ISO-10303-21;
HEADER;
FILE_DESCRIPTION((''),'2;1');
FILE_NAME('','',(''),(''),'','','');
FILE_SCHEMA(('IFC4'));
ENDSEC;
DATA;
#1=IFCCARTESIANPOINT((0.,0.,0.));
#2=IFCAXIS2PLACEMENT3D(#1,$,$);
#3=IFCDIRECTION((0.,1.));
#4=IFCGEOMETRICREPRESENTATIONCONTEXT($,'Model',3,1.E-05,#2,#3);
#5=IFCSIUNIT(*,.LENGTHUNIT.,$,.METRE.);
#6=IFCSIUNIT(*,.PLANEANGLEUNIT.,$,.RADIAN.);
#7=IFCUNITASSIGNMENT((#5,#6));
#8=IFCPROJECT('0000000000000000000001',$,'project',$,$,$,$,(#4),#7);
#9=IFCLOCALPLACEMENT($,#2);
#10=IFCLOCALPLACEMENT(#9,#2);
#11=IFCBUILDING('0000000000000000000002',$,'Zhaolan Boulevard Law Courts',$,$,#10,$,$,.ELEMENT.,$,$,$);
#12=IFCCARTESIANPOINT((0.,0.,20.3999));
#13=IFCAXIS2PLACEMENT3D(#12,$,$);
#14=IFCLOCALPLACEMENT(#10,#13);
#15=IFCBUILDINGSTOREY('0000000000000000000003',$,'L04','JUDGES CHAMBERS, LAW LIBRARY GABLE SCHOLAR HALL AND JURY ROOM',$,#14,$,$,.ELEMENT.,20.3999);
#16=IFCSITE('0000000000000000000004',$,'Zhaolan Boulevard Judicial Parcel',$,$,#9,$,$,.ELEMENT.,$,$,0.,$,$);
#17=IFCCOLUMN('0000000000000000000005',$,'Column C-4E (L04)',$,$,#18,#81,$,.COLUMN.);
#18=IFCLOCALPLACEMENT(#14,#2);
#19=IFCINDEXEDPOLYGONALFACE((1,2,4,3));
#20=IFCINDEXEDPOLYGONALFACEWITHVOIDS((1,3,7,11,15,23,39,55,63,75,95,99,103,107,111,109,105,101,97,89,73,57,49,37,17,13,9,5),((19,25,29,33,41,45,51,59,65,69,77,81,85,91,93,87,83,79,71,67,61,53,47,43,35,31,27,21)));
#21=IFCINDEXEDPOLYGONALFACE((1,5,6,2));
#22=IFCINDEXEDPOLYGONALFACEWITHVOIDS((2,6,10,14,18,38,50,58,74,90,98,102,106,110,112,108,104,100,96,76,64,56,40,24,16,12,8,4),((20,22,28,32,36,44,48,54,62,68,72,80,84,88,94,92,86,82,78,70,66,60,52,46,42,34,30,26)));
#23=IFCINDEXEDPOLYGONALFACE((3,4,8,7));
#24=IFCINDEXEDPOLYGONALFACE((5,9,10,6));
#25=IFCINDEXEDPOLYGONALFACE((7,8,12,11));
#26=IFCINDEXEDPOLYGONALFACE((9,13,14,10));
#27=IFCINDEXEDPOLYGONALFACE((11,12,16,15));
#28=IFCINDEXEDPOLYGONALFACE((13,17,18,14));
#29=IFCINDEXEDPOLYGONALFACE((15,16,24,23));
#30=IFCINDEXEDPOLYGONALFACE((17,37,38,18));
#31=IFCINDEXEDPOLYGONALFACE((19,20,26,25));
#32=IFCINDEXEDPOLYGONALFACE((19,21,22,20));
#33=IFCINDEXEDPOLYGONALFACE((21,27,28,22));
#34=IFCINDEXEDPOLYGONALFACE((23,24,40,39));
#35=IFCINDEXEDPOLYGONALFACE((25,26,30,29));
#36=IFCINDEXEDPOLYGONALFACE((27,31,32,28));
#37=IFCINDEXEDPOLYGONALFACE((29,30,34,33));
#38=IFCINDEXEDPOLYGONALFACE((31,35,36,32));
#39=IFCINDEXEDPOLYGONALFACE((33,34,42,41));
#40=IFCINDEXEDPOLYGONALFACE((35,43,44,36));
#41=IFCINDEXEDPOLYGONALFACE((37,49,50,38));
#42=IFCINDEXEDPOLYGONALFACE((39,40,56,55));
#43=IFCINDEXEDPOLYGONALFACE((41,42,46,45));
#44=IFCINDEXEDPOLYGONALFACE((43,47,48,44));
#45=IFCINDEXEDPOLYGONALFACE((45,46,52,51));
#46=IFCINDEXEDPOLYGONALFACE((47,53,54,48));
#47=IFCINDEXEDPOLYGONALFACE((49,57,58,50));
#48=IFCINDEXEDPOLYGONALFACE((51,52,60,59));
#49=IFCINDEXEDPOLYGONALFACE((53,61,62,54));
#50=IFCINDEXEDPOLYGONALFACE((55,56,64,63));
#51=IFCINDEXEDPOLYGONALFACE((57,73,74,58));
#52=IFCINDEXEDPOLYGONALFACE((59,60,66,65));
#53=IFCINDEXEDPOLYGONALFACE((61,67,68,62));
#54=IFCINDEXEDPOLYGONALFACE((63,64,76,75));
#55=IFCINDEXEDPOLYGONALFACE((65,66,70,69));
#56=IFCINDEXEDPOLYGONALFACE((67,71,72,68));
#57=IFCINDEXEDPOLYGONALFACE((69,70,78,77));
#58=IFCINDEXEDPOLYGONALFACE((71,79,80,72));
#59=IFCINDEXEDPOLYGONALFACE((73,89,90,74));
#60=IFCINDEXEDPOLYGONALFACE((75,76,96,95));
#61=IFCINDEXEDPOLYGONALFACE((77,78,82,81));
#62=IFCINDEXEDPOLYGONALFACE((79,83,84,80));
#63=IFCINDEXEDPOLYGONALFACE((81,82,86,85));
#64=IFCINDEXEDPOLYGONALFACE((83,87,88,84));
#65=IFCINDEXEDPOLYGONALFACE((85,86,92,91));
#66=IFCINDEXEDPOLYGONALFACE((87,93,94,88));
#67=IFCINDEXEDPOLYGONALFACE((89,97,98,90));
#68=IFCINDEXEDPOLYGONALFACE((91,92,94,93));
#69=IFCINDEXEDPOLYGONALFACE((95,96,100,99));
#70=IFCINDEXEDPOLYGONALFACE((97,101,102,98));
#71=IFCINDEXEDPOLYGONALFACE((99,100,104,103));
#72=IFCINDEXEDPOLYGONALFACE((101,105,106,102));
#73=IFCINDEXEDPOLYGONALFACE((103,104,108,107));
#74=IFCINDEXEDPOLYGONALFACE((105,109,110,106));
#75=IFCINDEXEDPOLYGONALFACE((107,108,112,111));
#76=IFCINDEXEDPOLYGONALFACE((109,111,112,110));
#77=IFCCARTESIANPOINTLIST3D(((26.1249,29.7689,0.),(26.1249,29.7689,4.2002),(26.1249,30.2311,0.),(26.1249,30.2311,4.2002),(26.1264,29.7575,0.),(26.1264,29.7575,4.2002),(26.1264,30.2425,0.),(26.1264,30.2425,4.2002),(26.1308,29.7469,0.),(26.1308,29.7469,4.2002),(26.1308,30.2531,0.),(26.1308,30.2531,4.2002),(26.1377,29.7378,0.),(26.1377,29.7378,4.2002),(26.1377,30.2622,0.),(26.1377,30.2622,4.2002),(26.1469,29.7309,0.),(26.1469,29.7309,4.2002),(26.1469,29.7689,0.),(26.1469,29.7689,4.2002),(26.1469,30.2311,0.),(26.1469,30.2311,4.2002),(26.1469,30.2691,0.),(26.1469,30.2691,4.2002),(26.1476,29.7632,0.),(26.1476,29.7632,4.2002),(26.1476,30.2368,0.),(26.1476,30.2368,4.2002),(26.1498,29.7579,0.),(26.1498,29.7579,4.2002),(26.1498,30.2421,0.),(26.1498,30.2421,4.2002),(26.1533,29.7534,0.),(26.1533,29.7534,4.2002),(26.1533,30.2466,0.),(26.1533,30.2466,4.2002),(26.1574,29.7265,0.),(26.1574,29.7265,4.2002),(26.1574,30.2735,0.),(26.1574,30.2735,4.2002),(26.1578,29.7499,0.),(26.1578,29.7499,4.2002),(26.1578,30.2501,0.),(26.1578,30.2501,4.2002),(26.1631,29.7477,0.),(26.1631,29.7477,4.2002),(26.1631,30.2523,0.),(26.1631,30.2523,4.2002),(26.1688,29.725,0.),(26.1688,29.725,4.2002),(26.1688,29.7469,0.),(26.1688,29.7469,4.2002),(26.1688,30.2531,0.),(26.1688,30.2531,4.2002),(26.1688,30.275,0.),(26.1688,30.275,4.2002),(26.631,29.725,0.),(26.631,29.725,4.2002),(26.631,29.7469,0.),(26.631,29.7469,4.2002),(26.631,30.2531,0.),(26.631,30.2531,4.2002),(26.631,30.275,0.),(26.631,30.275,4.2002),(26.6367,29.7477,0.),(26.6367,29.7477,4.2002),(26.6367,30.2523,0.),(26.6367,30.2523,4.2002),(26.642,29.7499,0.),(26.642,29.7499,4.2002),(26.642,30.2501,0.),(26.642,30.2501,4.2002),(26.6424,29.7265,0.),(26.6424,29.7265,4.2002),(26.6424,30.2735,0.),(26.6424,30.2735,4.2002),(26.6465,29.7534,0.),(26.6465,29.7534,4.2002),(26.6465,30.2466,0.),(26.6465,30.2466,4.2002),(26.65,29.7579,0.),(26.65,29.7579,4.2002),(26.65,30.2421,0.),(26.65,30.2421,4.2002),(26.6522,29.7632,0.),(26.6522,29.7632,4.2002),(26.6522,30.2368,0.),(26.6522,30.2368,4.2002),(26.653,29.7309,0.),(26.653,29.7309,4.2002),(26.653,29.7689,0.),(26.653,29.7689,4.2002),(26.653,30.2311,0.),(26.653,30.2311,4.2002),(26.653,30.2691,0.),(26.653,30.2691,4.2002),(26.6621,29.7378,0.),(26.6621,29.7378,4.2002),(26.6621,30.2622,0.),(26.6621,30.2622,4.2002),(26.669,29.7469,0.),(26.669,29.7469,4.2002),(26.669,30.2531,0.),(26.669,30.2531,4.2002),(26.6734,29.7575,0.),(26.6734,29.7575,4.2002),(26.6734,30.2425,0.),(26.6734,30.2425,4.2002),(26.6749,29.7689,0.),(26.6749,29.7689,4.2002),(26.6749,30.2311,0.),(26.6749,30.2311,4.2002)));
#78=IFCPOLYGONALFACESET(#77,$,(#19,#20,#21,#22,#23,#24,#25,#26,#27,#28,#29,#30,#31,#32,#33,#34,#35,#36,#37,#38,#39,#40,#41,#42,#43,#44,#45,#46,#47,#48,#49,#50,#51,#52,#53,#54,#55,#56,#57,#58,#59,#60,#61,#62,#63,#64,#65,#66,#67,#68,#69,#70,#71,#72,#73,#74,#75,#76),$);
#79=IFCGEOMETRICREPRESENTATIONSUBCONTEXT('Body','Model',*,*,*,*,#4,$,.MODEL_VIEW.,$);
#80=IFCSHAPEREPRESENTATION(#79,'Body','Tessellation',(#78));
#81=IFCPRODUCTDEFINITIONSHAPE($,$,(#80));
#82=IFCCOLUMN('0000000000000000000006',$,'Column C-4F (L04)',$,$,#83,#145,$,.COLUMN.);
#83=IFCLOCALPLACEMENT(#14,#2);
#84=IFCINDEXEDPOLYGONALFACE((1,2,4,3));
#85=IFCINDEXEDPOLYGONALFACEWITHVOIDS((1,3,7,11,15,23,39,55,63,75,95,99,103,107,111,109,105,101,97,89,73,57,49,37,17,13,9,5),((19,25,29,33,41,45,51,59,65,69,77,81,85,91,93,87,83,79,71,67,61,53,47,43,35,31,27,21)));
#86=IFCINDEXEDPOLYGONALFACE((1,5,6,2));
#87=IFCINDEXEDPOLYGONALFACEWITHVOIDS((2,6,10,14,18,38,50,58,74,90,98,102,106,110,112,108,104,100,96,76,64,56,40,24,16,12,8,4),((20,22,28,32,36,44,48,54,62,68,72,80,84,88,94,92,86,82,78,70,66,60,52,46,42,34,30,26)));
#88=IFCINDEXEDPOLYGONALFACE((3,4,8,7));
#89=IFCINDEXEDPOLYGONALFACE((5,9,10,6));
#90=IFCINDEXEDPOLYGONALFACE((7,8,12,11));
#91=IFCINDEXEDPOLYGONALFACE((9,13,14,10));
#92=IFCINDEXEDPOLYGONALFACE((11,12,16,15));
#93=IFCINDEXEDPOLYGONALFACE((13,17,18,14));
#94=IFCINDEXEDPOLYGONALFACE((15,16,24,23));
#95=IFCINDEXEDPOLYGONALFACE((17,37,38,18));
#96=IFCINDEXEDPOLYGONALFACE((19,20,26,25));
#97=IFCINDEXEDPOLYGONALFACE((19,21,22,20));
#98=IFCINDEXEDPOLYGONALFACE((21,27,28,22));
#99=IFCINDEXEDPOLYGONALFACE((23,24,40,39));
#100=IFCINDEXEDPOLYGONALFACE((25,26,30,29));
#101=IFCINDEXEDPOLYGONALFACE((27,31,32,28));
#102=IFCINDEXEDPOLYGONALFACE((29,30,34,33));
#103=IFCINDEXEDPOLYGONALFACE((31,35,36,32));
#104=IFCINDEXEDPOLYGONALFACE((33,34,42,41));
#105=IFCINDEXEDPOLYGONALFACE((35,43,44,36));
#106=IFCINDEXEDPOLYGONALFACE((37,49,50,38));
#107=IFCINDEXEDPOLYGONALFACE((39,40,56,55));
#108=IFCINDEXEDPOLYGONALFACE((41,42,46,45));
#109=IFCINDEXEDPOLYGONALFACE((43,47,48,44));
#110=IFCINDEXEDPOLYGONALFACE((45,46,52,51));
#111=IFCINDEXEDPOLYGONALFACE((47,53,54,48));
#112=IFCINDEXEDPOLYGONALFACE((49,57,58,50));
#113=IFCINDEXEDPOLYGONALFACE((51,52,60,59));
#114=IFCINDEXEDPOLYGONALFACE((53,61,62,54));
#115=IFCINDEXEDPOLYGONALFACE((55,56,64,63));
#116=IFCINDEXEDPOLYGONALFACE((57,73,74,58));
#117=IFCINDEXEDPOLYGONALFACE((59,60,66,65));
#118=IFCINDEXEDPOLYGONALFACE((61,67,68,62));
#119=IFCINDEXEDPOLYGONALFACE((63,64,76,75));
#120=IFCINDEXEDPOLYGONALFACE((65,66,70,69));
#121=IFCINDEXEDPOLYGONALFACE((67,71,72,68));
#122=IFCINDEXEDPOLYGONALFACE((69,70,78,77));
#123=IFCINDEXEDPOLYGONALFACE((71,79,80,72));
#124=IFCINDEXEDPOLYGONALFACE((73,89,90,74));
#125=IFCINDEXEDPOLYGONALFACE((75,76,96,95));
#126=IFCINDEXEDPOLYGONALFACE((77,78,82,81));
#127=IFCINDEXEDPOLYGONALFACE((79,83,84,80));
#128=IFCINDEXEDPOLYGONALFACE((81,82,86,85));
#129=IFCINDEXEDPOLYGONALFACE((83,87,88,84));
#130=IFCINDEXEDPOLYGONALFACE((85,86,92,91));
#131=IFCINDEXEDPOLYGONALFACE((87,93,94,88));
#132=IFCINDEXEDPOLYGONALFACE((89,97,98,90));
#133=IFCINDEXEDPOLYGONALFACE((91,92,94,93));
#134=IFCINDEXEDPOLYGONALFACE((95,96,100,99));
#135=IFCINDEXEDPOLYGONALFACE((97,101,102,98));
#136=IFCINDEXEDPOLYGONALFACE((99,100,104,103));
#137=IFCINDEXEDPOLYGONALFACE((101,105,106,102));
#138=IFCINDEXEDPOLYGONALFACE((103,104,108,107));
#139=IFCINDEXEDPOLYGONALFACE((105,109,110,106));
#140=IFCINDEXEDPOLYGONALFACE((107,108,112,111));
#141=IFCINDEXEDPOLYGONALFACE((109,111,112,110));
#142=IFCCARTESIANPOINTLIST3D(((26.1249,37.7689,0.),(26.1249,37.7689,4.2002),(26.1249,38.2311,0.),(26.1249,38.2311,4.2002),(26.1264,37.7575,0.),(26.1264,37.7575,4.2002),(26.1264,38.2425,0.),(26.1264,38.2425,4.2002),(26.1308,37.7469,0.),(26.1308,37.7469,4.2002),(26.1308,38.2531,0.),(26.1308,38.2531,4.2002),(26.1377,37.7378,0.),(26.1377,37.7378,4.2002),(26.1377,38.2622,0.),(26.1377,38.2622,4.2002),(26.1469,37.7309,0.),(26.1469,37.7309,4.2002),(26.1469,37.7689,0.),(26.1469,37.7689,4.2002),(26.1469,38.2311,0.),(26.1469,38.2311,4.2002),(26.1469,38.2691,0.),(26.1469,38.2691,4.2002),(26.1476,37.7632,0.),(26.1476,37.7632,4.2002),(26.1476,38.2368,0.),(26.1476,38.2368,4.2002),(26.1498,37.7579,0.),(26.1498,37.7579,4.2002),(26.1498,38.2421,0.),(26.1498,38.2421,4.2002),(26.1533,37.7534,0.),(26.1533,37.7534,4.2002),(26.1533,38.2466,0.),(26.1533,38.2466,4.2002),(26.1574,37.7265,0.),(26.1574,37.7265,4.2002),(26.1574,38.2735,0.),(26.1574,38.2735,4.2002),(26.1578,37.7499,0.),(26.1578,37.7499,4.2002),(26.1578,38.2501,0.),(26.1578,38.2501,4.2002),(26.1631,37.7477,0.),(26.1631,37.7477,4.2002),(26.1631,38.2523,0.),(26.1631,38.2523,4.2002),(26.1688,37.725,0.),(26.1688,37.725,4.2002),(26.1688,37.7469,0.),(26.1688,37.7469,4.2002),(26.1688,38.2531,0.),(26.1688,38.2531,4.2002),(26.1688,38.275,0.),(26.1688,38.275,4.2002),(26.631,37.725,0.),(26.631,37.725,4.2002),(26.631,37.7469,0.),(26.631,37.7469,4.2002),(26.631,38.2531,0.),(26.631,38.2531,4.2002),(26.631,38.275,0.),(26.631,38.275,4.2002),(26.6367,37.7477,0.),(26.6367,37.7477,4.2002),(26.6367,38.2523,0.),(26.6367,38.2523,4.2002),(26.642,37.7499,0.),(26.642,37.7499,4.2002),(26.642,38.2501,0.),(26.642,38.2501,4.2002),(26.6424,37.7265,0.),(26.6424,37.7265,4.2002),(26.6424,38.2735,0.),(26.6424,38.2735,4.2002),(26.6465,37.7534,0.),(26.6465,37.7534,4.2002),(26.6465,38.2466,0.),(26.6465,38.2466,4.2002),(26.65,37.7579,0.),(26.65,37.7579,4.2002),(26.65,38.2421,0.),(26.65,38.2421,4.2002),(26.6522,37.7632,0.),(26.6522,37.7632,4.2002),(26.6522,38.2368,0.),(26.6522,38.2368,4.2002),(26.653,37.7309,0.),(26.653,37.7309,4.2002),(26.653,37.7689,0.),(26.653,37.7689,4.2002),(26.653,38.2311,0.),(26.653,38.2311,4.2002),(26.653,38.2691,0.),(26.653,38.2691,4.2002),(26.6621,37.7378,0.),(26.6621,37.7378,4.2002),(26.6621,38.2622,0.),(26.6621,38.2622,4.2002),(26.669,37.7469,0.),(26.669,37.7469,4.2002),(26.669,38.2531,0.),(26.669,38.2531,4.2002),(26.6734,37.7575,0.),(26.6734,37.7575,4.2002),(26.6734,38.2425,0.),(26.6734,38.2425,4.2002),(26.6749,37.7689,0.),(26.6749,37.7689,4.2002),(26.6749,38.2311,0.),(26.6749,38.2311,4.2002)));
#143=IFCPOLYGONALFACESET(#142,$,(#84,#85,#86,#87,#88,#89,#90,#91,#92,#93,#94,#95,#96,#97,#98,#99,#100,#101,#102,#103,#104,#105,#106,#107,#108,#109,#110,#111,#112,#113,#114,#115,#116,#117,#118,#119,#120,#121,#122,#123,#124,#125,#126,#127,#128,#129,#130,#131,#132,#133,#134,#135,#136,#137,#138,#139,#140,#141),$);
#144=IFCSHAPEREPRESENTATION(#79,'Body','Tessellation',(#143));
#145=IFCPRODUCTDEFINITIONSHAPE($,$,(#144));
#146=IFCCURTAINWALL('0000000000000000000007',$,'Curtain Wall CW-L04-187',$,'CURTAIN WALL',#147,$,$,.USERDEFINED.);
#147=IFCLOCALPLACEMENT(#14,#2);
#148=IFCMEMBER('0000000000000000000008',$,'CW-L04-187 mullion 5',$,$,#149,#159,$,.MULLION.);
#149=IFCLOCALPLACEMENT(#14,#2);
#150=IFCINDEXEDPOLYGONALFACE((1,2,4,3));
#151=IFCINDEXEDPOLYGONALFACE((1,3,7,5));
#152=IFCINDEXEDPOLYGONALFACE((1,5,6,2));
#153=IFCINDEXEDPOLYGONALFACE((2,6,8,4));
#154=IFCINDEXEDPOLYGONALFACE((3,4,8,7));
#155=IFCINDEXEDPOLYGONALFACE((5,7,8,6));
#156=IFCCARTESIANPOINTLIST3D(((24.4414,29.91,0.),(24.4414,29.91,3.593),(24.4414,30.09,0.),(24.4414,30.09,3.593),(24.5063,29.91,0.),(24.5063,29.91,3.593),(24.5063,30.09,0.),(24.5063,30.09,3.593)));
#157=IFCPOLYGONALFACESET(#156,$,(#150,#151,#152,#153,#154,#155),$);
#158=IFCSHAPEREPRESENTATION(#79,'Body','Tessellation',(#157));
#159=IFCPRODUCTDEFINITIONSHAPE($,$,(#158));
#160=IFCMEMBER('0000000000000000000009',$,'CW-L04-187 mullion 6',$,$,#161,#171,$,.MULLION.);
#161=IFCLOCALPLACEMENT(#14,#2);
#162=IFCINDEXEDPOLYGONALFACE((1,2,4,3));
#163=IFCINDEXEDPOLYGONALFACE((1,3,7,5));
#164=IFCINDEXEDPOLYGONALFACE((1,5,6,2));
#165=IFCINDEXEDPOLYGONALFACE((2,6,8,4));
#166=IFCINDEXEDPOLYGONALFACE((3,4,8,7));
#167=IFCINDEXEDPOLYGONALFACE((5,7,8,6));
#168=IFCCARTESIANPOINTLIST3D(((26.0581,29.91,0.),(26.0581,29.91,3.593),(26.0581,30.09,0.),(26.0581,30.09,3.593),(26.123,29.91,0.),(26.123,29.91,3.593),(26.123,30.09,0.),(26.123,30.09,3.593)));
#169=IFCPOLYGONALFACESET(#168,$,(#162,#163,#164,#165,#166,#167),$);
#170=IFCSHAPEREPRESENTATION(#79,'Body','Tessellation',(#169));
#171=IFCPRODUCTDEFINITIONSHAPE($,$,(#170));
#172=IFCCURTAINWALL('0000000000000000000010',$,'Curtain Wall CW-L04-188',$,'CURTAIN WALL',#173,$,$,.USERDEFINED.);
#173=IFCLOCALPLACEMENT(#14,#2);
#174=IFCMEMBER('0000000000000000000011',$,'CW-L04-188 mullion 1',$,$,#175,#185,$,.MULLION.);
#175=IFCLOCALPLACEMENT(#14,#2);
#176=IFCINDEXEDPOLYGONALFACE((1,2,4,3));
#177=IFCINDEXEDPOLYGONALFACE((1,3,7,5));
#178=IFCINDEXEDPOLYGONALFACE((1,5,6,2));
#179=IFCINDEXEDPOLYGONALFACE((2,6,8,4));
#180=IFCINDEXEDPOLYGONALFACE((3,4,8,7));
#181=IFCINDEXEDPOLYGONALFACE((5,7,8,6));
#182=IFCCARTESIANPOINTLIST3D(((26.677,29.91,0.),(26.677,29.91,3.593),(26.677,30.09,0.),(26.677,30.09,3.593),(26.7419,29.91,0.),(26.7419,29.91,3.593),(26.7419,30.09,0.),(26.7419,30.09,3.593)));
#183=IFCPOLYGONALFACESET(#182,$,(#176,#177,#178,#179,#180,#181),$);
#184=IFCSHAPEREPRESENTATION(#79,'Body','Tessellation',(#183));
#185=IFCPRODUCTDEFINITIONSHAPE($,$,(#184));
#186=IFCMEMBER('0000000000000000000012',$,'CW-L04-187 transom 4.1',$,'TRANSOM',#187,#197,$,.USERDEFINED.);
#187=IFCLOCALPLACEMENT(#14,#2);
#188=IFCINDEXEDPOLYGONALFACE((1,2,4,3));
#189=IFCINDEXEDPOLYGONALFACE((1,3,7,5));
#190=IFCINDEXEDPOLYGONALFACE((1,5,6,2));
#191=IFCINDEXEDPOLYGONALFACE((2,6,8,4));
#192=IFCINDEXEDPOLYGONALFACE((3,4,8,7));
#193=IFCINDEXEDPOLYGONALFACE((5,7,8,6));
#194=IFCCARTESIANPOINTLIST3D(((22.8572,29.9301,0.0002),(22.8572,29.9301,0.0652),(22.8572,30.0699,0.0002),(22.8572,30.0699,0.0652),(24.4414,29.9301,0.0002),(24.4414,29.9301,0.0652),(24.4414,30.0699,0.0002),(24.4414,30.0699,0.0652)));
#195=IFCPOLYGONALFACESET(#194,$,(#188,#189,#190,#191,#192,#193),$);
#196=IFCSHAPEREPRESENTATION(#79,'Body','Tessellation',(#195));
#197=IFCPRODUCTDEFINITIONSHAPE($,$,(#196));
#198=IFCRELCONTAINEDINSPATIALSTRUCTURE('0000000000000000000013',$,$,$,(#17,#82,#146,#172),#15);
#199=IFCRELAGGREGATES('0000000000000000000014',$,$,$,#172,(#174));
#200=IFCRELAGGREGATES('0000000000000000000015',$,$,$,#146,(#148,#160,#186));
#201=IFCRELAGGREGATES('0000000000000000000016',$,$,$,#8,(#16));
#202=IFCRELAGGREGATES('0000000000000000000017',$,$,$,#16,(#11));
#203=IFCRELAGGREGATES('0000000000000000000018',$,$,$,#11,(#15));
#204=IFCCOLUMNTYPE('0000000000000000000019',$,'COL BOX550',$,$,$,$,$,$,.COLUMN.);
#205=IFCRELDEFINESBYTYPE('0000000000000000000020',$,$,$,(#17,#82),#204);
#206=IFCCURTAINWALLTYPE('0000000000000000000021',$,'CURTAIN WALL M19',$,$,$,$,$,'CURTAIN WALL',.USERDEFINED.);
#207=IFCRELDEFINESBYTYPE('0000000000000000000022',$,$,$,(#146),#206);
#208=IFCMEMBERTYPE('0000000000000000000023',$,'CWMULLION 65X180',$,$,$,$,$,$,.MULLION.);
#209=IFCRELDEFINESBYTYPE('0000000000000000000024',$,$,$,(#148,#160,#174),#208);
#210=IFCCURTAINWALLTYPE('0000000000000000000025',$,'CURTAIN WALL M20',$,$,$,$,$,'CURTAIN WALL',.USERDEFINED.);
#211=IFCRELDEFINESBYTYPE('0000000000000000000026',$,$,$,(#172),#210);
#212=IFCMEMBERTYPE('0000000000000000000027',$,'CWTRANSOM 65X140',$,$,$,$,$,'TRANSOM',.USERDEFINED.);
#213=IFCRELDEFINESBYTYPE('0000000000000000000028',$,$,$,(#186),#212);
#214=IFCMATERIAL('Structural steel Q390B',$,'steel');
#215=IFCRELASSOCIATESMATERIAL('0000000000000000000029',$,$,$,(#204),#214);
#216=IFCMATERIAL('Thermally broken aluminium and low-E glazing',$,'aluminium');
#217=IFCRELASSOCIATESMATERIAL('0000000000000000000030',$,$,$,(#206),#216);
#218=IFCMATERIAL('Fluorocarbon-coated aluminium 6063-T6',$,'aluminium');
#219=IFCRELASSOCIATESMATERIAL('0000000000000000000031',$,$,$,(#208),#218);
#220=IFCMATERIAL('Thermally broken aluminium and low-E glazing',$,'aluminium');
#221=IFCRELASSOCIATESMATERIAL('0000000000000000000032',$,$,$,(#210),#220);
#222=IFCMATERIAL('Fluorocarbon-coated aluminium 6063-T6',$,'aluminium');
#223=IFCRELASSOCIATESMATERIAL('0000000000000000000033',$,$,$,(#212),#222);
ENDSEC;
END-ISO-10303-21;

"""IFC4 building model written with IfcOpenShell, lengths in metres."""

from ifc_helpers import new_model, si_unit, direction, frame, origin, origin_2d, place, context, subcontext, project, spatial, rectangle, hollow_rectangle, extrude, material, material_profile, profile_set, type_object, element, aggregate, save


model = new_model("IFC4")

# Units and contexts
model_context = context("Model", 3, precision=1e-05, world=origin(), true_north=direction((0.0, 1.0)))
body_context = subcontext(model_context, "Body", "Model", "MODEL_VIEW")
ifc_project = project(units=[si_unit("LENGTHUNIT", "METRE"), si_unit("PLANEANGLEUNIT", "RADIAN")], contexts=[model_context])

# Site, building, storey
site_placement = place(None, origin())
site = spatial("IfcSite", under=ifc_project, at=site_placement, Name="Zhaolan Boulevard Judicial Parcel", CompositionType="ELEMENT", RefElevation=0.0)
building_placement = place(site_placement, origin())
building = spatial("IfcBuilding", under=site, at=building_placement, Name="Zhaolan Boulevard Law Courts", CompositionType="ELEMENT")
storey_placement = place(building_placement, frame((0.0, 0.0, 20.3999)))
storey = spatial("IfcBuildingStorey", under=building, at=storey_placement, Name="L04", Description="JUDGES CHAMBERS, LAW LIBRARY GABLE SCHOLAR HALL AND JURY ROOM", CompositionType="ELEMENT", Elevation=20.3999)

# Columns
ifc_material_1 = material(Name="Structural steel Q390B", Category="steel")
ifc_material_profile_1 = material_profile(ifc_material_1, hollow_rectangle(XDim=0.55, YDim=0.55, WallThickness=0.022, InnerFilletRadius=0.022, OuterFilletRadius=0.0439, at=origin_2d()), Name="BOX550x550x22")
ifc_profile_set_1 = profile_set([ifc_material_profile_1], Name="Structural steel Q390B")
column_type = type_object("IfcColumnType", Name="COL BOX550", PredefinedType="COLUMN", material=ifc_profile_set_1)
for number, where, z_axis, x_axis, name in (
    (1, (26.3999, 30.0, 0.0), (0.0, 0.0, 1.0), (1.0, 0.0, 0.0), "Column C-4E (L04)"),
    (2, (26.3999, 38.0, 0.0), (0.0, 0.0, 1.0), (1.0, 0.0, 0.0), "Column C-4F (L04)"),
):
    element("IfcColumn", number, at=place(storey_placement, frame(where, z_axis=z_axis, x_axis=x_axis)), inside=storey, type_object=column_type, Name=name, PredefinedType="COLUMN", context=body_context, shape_type="SweptSolid", body=[
        extrude(hollow_rectangle(XDim=0.55, YDim=0.55, WallThickness=0.022, InnerFilletRadius=0.022, OuterFilletRadius=0.0439, at=origin_2d()), origin(), (0.0, 0.0, 1.0), 4.2002),
    ])

# Curtain wall, members
ifc_material_2 = material(Name="Thermally broken aluminium and low-E glazing", Category="aluminium")
curtain_wall_type_1 = type_object("IfcCurtainWallType", Name="CURTAIN WALL M19", ElementType="CURTAIN WALL", PredefinedType="USERDEFINED", material=ifc_material_2)
curtain_wall_1_placement = place(storey_placement, origin())
curtain_wall_1 = element("IfcCurtainWall", 3, at=curtain_wall_1_placement, inside=storey, type_object=curtain_wall_type_1, Name="Curtain Wall CW-L04-187", ObjectType="CURTAIN WALL", PredefinedType="USERDEFINED")
ifc_material_3 = material(Name="Fluorocarbon-coated aluminium 6063-T6", Category="aluminium")
ifc_material_profile_2 = material_profile(ifc_material_3, rectangle(XDim=0.1799, YDim=0.0649, at=origin_2d()), Name="AL65x180")
ifc_profile_set_2 = profile_set([ifc_material_profile_2], Name="Fluorocarbon-coated aluminium 6063-T6")
member_type_1 = type_object("IfcMemberType", Name="CWMULLION 65X180", PredefinedType="MULLION", material=ifc_profile_set_2)
member_1_placement = place(storey_placement, frame((24.4739, 30.0, 0.0), z_axis=(0.0, 0.0, 1.0), x_axis=(0.0, 1.0, 0.0)))
member_1 = element("IfcMember", 4, at=member_1_placement, type_object=member_type_1, Name="CW-L04-187 mullion 5", PredefinedType="MULLION", context=body_context, shape_type="SweptSolid", body=[
    extrude(rectangle(XDim=0.1799, YDim=0.0649, at=origin_2d()), origin(), (0.0, 0.0, 1.0), 3.593),
])
member_2_placement = place(storey_placement, frame((26.0906, 30.0, 0.0), z_axis=(0.0, 0.0, 1.0), x_axis=(0.0, 1.0, 0.0)))
member_2 = element("IfcMember", 5, at=member_2_placement, type_object=member_type_1, Name="CW-L04-187 mullion 6", PredefinedType="MULLION", context=body_context, shape_type="SweptSolid", body=[
    extrude(rectangle(XDim=0.1799, YDim=0.0649, at=origin_2d()), origin(), (0.0, 0.0, 1.0), 3.593),
])

# Curtain wall, member
ifc_material_4 = material(Name="Thermally broken aluminium and low-E glazing", Category="aluminium")
curtain_wall_type_2 = type_object("IfcCurtainWallType", Name="CURTAIN WALL M20", ElementType="CURTAIN WALL", PredefinedType="USERDEFINED", material=ifc_material_4)
curtain_wall_2_placement = place(storey_placement, origin())
curtain_wall_2 = element("IfcCurtainWall", 6, at=curtain_wall_2_placement, inside=storey, type_object=curtain_wall_type_2, Name="Curtain Wall CW-L04-188", ObjectType="CURTAIN WALL", PredefinedType="USERDEFINED")
member_3_placement = place(storey_placement, frame((26.7095, 30.0, 0.0), z_axis=(0.0, 0.0, 1.0), x_axis=(0.0, 1.0, 0.0)))
member_3 = element("IfcMember", 7, at=member_3_placement, type_object=member_type_1, Name="CW-L04-188 mullion 1", PredefinedType="MULLION", context=body_context, shape_type="SweptSolid", body=[
    extrude(rectangle(XDim=0.1799, YDim=0.0649, at=origin_2d()), origin(), (0.0, 0.0, 1.0), 3.593),
])

# Member
ifc_material_5 = material(Name="Fluorocarbon-coated aluminium 6063-T6", Category="aluminium")
ifc_material_profile_3 = material_profile(ifc_material_5, rectangle(XDim=0.1399, YDim=0.0649, at=origin_2d()), Name="AL65x140")
ifc_profile_set_3 = profile_set([ifc_material_profile_3], Name="Fluorocarbon-coated aluminium 6063-T6")
member_type_2 = type_object("IfcMemberType", Name="CWTRANSOM 65X140", ElementType="TRANSOM", PredefinedType="USERDEFINED", material=ifc_profile_set_3)
member_4_placement = place(storey_placement, frame((22.8572, 30.0, 0.0327), z_axis=(1.0, 0.0, 0.0), x_axis=(0.0, 1.0, 0.0)))
member_4 = element("IfcMember", 8, at=member_4_placement, type_object=member_type_2, Name="CW-L04-187 transom 4.1", ObjectType="TRANSOM", PredefinedType="USERDEFINED", context=body_context, shape_type="SweptSolid", body=[
    extrude(rectangle(XDim=0.1399, YDim=0.0649, at=origin_2d()), origin(), (0.0, 0.0, 1.0), 1.5842),
])
aggregate(curtain_wall_2, [member_3])

aggregate(curtain_wall_1, [member_1, member_2, member_4])

save(model, "model.ifc")
